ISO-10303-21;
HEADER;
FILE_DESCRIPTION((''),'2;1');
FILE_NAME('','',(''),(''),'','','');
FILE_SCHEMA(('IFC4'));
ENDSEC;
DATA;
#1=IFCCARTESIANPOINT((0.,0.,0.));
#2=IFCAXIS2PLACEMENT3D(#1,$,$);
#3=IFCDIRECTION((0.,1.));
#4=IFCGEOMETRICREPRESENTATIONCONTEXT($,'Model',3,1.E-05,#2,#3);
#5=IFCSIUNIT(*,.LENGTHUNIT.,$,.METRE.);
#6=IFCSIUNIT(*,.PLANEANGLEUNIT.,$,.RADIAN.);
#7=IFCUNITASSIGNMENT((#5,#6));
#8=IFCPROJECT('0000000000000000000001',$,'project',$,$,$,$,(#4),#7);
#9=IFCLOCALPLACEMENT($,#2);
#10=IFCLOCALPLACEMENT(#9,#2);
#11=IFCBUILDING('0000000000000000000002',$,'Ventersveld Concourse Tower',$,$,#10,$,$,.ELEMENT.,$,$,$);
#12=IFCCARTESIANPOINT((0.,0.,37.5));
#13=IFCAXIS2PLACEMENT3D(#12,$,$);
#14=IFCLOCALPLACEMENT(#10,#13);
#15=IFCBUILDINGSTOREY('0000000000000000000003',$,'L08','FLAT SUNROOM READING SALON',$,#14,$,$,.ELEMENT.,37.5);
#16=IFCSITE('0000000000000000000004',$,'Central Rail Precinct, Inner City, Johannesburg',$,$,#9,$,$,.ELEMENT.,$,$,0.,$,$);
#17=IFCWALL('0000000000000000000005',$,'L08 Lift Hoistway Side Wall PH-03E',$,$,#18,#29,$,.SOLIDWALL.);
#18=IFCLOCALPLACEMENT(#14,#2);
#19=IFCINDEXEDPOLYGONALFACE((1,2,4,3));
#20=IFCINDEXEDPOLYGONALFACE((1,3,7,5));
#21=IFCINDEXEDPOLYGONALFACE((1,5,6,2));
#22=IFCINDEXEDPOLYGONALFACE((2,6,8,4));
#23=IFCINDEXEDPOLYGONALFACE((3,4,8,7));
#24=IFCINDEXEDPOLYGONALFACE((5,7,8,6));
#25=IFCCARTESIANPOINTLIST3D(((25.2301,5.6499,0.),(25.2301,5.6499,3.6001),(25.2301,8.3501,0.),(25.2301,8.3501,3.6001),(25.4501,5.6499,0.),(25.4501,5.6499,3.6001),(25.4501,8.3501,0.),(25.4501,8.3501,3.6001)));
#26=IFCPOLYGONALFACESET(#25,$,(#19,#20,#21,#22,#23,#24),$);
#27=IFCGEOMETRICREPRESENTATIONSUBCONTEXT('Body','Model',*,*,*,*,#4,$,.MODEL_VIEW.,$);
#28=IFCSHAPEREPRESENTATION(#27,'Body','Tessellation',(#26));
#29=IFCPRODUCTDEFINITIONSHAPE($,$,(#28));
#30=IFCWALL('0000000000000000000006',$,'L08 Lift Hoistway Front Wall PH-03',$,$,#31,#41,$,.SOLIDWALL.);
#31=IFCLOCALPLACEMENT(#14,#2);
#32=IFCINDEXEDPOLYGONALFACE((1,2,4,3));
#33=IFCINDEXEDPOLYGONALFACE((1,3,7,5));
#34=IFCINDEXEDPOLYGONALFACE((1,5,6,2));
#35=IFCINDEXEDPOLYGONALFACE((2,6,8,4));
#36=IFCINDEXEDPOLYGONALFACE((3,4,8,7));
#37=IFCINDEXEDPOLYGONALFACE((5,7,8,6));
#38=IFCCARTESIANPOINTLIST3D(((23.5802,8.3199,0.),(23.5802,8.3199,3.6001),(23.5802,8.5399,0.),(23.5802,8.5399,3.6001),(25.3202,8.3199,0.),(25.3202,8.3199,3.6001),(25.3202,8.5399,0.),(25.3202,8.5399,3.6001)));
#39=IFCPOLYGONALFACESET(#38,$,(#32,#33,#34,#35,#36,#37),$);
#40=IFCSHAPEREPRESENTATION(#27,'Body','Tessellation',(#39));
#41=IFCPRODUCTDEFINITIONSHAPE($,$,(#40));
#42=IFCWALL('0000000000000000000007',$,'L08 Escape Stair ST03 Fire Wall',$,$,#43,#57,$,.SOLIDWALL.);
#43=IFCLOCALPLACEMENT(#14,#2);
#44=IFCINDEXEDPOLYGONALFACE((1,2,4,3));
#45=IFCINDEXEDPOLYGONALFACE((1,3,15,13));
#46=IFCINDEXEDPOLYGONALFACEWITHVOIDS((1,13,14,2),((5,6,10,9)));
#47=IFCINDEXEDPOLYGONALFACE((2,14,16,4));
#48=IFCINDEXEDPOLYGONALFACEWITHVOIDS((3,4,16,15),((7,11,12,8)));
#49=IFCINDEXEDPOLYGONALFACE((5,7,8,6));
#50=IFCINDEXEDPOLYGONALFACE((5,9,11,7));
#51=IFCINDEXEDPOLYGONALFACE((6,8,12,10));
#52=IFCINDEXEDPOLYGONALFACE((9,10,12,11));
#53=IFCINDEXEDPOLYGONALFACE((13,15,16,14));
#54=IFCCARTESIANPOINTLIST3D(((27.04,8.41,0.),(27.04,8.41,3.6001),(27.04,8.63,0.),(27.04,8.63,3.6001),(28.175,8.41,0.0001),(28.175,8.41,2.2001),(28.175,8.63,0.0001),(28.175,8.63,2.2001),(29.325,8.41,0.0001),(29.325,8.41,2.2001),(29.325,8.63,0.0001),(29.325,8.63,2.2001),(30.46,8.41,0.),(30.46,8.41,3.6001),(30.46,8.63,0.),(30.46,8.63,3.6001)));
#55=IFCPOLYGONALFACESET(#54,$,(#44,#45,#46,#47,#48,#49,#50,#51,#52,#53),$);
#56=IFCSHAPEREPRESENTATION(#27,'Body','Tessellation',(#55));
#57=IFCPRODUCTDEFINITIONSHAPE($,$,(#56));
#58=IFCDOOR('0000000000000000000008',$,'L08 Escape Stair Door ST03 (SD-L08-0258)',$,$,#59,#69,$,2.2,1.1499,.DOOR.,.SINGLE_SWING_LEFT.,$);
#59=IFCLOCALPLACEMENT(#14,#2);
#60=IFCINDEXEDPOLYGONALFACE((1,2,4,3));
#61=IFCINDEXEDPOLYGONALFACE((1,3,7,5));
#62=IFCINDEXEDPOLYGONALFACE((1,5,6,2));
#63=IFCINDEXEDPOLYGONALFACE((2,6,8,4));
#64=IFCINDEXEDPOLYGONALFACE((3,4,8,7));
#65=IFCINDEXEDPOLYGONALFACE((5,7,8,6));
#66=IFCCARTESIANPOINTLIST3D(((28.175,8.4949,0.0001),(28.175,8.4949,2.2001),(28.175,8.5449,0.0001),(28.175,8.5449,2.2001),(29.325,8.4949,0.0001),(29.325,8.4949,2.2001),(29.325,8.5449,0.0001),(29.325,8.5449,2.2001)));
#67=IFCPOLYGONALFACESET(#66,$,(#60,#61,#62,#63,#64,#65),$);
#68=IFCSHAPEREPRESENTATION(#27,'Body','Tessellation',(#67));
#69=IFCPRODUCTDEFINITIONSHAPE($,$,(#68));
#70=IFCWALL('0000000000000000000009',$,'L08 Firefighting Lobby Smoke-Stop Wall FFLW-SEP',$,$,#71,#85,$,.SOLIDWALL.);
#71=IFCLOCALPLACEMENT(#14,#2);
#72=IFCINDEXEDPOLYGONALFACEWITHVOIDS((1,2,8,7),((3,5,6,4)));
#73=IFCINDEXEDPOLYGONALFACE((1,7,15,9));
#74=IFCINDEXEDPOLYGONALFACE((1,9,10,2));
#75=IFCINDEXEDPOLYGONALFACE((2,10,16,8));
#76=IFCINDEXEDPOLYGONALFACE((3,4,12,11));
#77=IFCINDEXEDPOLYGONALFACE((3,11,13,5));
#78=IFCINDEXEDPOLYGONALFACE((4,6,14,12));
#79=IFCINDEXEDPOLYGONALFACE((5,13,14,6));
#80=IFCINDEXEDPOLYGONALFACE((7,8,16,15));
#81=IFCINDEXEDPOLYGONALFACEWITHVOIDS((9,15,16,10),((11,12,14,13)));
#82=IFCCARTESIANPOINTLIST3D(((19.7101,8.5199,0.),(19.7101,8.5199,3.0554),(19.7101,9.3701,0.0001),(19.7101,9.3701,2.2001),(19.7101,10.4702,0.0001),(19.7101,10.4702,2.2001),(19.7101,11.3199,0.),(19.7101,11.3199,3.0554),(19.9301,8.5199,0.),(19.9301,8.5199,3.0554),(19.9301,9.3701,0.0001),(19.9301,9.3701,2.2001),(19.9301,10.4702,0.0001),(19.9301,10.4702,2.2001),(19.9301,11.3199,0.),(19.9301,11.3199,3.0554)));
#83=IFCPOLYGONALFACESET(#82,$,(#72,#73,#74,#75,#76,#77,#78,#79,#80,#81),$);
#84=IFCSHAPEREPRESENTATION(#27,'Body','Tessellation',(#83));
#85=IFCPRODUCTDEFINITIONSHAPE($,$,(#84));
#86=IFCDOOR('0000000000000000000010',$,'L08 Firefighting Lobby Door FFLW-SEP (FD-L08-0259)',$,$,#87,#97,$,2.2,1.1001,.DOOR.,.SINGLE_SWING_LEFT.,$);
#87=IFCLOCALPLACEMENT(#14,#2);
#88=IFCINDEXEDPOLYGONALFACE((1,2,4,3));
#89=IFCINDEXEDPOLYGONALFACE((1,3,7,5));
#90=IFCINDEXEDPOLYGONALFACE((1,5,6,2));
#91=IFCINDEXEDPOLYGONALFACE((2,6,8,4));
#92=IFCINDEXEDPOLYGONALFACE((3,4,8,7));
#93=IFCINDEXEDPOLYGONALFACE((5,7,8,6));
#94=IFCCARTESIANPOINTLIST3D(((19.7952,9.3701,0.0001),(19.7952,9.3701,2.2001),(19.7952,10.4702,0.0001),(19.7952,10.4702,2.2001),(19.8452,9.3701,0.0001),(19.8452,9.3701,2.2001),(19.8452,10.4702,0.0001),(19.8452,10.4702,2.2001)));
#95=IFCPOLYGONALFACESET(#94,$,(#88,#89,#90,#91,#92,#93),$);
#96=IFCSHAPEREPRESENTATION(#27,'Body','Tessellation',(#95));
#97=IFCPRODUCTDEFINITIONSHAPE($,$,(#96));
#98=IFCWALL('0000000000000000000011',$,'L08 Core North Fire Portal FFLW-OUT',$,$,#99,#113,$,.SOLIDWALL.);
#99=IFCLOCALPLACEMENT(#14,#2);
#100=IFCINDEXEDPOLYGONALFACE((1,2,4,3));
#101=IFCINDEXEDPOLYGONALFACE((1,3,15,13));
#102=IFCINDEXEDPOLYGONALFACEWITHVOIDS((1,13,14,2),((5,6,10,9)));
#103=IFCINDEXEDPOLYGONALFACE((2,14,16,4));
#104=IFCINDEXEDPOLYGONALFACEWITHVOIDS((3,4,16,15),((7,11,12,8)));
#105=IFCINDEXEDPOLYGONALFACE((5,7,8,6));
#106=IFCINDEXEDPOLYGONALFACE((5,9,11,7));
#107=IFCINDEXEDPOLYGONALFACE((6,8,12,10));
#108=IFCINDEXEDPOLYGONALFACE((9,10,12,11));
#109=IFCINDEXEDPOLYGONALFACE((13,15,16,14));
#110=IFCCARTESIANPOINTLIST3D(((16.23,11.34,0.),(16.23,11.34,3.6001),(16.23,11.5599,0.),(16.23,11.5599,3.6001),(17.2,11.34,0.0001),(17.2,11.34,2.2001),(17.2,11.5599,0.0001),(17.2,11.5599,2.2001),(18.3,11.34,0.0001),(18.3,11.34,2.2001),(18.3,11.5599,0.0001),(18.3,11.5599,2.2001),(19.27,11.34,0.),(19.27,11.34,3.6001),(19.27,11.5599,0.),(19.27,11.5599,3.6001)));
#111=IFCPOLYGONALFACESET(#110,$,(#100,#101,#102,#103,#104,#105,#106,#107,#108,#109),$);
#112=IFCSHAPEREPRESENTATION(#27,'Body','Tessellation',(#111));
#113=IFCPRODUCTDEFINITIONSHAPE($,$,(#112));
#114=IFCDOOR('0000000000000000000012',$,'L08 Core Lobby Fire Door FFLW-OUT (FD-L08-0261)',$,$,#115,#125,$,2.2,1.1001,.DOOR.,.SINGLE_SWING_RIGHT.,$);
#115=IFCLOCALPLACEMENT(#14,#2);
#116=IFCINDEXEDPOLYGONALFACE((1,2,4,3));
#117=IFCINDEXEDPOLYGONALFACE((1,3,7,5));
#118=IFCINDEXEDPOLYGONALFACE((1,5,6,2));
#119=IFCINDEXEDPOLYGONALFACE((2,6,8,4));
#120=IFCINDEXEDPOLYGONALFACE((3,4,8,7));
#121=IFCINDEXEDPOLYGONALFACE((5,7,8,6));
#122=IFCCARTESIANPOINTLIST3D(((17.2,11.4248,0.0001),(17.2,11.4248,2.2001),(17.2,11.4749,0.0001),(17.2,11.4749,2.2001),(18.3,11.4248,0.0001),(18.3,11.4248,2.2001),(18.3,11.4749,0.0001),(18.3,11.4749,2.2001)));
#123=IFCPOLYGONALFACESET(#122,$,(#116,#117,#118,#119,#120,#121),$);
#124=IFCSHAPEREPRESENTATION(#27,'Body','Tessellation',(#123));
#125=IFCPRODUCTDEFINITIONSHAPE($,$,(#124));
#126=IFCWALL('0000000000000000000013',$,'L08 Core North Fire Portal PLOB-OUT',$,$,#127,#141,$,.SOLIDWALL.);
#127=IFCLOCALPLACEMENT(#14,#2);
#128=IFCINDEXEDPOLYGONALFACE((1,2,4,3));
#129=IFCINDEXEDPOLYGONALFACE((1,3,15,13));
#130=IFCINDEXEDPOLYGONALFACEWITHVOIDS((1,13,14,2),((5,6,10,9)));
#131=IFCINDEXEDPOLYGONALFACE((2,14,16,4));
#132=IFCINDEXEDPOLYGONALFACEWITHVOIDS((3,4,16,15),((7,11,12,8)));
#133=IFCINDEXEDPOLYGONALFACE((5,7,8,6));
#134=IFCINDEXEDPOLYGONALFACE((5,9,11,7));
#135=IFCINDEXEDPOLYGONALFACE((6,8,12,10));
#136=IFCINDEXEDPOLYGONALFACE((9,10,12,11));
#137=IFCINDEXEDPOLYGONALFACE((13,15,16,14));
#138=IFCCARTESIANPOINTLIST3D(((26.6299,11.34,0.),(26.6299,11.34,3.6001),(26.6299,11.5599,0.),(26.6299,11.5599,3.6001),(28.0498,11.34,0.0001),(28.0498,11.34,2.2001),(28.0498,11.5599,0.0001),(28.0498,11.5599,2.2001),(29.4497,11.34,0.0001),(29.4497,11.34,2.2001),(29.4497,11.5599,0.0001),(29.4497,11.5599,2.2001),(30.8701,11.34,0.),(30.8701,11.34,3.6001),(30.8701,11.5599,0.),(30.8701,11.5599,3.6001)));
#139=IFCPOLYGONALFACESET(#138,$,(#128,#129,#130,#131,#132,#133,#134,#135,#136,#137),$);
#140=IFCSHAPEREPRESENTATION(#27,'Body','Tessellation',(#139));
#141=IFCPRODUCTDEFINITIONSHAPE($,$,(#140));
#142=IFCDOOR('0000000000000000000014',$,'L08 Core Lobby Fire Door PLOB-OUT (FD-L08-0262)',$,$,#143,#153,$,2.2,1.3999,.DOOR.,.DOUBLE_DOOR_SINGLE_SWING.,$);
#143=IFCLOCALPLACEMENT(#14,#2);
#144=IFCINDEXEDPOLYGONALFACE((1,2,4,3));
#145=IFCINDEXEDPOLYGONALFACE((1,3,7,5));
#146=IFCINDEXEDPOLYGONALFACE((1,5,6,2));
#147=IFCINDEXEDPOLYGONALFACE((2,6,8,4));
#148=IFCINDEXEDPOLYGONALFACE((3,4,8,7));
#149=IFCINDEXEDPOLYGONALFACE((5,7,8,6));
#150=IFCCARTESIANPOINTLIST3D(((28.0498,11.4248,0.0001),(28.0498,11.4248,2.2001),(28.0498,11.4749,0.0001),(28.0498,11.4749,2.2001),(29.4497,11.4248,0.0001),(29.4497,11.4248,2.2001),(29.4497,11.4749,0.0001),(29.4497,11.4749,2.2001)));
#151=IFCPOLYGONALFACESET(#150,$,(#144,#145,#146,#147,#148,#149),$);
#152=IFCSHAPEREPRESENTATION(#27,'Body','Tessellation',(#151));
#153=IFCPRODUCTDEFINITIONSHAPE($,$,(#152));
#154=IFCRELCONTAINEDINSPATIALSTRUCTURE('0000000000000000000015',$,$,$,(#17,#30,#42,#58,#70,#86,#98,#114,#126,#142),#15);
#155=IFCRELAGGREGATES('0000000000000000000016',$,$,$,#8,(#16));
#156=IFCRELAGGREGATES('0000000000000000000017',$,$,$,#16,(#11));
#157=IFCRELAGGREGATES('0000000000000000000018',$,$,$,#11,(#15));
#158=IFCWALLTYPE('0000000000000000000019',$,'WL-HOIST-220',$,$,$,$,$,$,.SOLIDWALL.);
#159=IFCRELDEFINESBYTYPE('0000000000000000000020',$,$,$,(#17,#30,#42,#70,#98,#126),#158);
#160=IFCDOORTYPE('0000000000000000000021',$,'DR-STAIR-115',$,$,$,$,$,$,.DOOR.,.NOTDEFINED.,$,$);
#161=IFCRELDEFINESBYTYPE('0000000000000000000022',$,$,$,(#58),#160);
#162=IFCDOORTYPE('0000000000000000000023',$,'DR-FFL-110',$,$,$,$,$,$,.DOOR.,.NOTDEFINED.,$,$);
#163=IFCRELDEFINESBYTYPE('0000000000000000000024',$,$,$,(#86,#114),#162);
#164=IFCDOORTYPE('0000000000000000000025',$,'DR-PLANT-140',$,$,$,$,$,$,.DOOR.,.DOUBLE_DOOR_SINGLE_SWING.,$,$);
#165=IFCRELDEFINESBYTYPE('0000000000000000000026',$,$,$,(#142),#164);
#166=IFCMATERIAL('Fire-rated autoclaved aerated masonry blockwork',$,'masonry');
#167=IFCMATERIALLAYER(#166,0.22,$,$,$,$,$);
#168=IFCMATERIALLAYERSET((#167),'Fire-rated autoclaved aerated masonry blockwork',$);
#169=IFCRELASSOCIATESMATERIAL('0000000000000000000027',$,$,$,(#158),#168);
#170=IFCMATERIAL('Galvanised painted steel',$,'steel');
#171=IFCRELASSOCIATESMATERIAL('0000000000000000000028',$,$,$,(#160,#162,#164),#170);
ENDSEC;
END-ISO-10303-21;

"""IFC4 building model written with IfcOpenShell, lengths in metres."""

from ifc_helpers import new_model, si_unit, direction, frame, frame_2d, origin, place, context, subcontext, project, spatial, rectangle, extrude, material, layer, layer_set, type_object, element, fill, save


model = new_model("IFC4")

# Units and contexts
model_context = context("Model", 3, precision=1e-05, world=origin(), true_north=direction((0.0, 1.0)))
body_context = subcontext(model_context, "Body", "Model", "MODEL_VIEW")
ifc_project = project(units=[si_unit("LENGTHUNIT", "METRE"), si_unit("PLANEANGLEUNIT", "RADIAN")], contexts=[model_context])

# Site, building, storey
site_placement = place(None, origin())
site = spatial("IfcSite", under=ifc_project, at=site_placement, Name="Central Rail Precinct, Inner City, Johannesburg", CompositionType="ELEMENT", RefElevation=0.0)
building_placement = place(site_placement, origin())
building = spatial("IfcBuilding", under=site, at=building_placement, Name="Ventersveld Concourse Tower", CompositionType="ELEMENT")
storey_placement = place(building_placement, frame((0.0, 0.0, 37.5)))
storey = spatial("IfcBuildingStorey", under=building, at=storey_placement, Name="L08", Description="FLAT SUNROOM READING SALON", CompositionType="ELEMENT", Elevation=37.5)

# Shared definitions
ifc_material_1 = material(Name="Fire-rated autoclaved aerated masonry blockwork", Category="masonry")
ifc_layer_1 = layer(ifc_material_1, 0.22)
ifc_layer_set_1 = layer_set([ifc_layer_1], Name="Fire-rated autoclaved aerated masonry blockwork")
wall_type_1 = type_object("IfcWallType", Name="WL-HOIST-220", PredefinedType="SOLIDWALL", material=ifc_layer_set_1)

# Walls
wall_1_placement = place(storey_placement, frame((25.3401, 5.6499, 0.0), z_axis=(0.0, 0.0, 1.0), x_axis=(0.0, 1.0, 0.0)))
element("IfcWall", 1, at=wall_1_placement, inside=storey, type_object=wall_type_1, Name="L08 Lift Hoistway Side Wall PH-03E", PredefinedType="SOLIDWALL", context=body_context, shape_type="SweptSolid", body=[
    extrude(rectangle(XDim=2.7002, YDim=0.22, at=frame_2d((1.3501, 0.0))), origin(), (0.0, 0.0, 1.0), 3.6001),
])
wall_2_placement = place(storey_placement, frame((23.5801, 8.4299, 0.0), z_axis=(0.0, 0.0, 1.0), x_axis=(1.0, 0.0, 0.0)))
element("IfcWall", 2, at=wall_2_placement, inside=storey, type_object=wall_type_1, Name="L08 Lift Hoistway Front Wall PH-03", PredefinedType="SOLIDWALL", context=body_context, shape_type="SweptSolid", body=[
    extrude(rectangle(XDim=1.74, YDim=0.22, at=frame_2d((0.8701, 0.0))), origin(), (0.0, 0.0, 1.0), 3.6001),
])

# Walls, openings, doors
wall_3_placement = place(storey_placement, frame((27.04, 8.52, 0.0), z_axis=(0.0, 0.0, 1.0), x_axis=(1.0, 0.0, 0.0)))
wall_3 = element("IfcWall", 3, at=wall_3_placement, inside=storey, type_object=wall_type_1, Name="L08 Escape Stair ST03 Fire Wall", PredefinedType="SOLIDWALL", context=body_context, shape_type="SweptSolid", body=[
    extrude(rectangle(XDim=3.4199, YDim=0.22, at=frame_2d((1.71, 0.0))), origin(), (0.0, 0.0, 1.0), 3.6001),
])
opening_1_placement = place(wall_3_placement, frame((1.135, 0.0, 0.0)))
opening_1 = element("IfcOpeningElement", 4, at=opening_1_placement, cuts=wall_3, PredefinedType="OPENING", context=body_context, shape_type="SweptSolid", body=[
    extrude(rectangle(XDim=1.1499, YDim=2.2, at=frame_2d((0.575, 1.1001))), frame((0.0, 0.1201, 0.0), z_axis=(0.0, -1.0, 0.0), x_axis=(1.0, 0.0, 0.0)), (0.0, 0.0, 1.0), 0.24),
])
ifc_material_2 = material(Name="Galvanised painted steel", Category="steel")
door_type_1 = type_object("IfcDoorType", Name="DR-STAIR-115", OperationType="NOTDEFINED", PredefinedType="DOOR", material=ifc_material_2)
door_1_placement = place(opening_1_placement, origin())
door_1 = element("IfcDoor", 5, at=door_1_placement, inside=storey, type_object=door_type_1, Name="L08 Escape Stair Door ST03 (SD-L08-0258)", OperationType="SINGLE_SWING_LEFT", OverallHeight=2.2, OverallWidth=1.1499, PredefinedType="DOOR", context=body_context, shape_type="SweptSolid", body=[
    extrude(rectangle(XDim=1.1499, YDim=2.2, at=frame_2d((0.575, 1.1001))), frame((0.0, 0.0249, 0.0), z_axis=(0.0, -1.0, 0.0), x_axis=(1.0, 0.0, 0.0)), (0.0, 0.0, 1.0), 0.05),
])
fill(opening_1, door_1)
wall_4_placement = place(storey_placement, frame((19.8201, 8.52, 0.0), z_axis=(0.0, 0.0, 1.0), x_axis=(0.0, 1.0, 0.0)))
wall_4 = element("IfcWall", 6, at=wall_4_placement, inside=storey, type_object=wall_type_1, Name="L08 Firefighting Lobby Smoke-Stop Wall FFLW-SEP", PredefinedType="SOLIDWALL", context=body_context, shape_type="SweptSolid", body=[
    extrude(rectangle(XDim=2.8, YDim=0.22, at=frame_2d((1.3999, 0.0))), origin(), (0.0, 0.0, 1.0), 3.0554),
])
opening_2_placement = place(wall_4_placement, frame((0.8501, 0.0, 0.0)))
opening_2 = element("IfcOpeningElement", 7, at=opening_2_placement, cuts=wall_4, PredefinedType="OPENING", context=body_context, shape_type="SweptSolid", body=[
    extrude(rectangle(XDim=1.1001, YDim=2.2, at=frame_2d((0.55, 1.1001))), frame((0.0, 0.1201, 0.0), z_axis=(0.0, -1.0, 0.0), x_axis=(1.0, 0.0, 0.0)), (0.0, 0.0, 1.0), 0.24),
])
door_type_2 = type_object("IfcDoorType", Name="DR-FFL-110", OperationType="NOTDEFINED", PredefinedType="DOOR", material=ifc_material_2)
door_2_placement = place(opening_2_placement, origin())
door_2 = element("IfcDoor", 8, at=door_2_placement, inside=storey, type_object=door_type_2, Name="L08 Firefighting Lobby Door FFLW-SEP (FD-L08-0259)", OperationType="SINGLE_SWING_LEFT", OverallHeight=2.2, OverallWidth=1.1001, PredefinedType="DOOR", context=body_context, shape_type="SweptSolid", body=[
    extrude(rectangle(XDim=1.1001, YDim=2.2, at=frame_2d((0.55, 1.1001))), frame((0.0, 0.0249, 0.0), z_axis=(0.0, -1.0, 0.0), x_axis=(1.0, 0.0, 0.0)), (0.0, 0.0, 1.0), 0.05),
])
fill(opening_2, door_2)
wall_5_placement = place(storey_placement, frame((16.23, 11.45, 0.0), z_axis=(0.0, 0.0, 1.0), x_axis=(1.0, 0.0, 0.0)))
wall_5 = element("IfcWall", 9, at=wall_5_placement, inside=storey, type_object=wall_type_1, Name="L08 Core North Fire Portal FFLW-OUT", PredefinedType="SOLIDWALL", context=body_context, shape_type="SweptSolid", body=[
    extrude(rectangle(XDim=3.04, YDim=0.22, at=frame_2d((1.52, 0.0))), origin(), (0.0, 0.0, 1.0), 3.6001),
])
opening_3_placement = place(wall_5_placement, frame((0.97, 0.0, 0.0)))
opening_3 = element("IfcOpeningElement", 10, at=opening_3_placement, cuts=wall_5, PredefinedType="OPENING", context=body_context, shape_type="SweptSolid", body=[
    extrude(rectangle(XDim=1.1001, YDim=2.2, at=frame_2d((0.55, 1.1001))), frame((0.0, 0.1201, 0.0), z_axis=(0.0, -1.0, 0.0), x_axis=(1.0, 0.0, 0.0)), (0.0, 0.0, 1.0), 0.24),
])
door_3_placement = place(opening_3_placement, origin())
door_3 = element("IfcDoor", 11, at=door_3_placement, inside=storey, type_object=door_type_2, Name="L08 Core Lobby Fire Door FFLW-OUT (FD-L08-0261)", OperationType="SINGLE_SWING_RIGHT", OverallHeight=2.2, OverallWidth=1.1001, PredefinedType="DOOR", context=body_context, shape_type="SweptSolid", body=[
    extrude(rectangle(XDim=1.1001, YDim=2.2, at=frame_2d((0.55, 1.1001))), frame((0.0, 0.0249, 0.0), z_axis=(0.0, -1.0, 0.0), x_axis=(1.0, 0.0, 0.0)), (0.0, 0.0, 1.0), 0.05),
])
fill(opening_3, door_3)
wall_6_placement = place(storey_placement, frame((26.6299, 11.45, 0.0), z_axis=(0.0, 0.0, 1.0), x_axis=(1.0, 0.0, 0.0)))
wall_6 = element("IfcWall", 12, at=wall_6_placement, inside=storey, type_object=wall_type_1, Name="L08 Core North Fire Portal PLOB-OUT", PredefinedType="SOLIDWALL", context=body_context, shape_type="SweptSolid", body=[
    extrude(rectangle(XDim=4.2402, YDim=0.22, at=frame_2d((2.1201, 0.0))), origin(), (0.0, 0.0, 1.0), 3.6001),
])
opening_4_placement = place(wall_6_placement, frame((1.4199, 0.0, 0.0)))
opening_4 = element("IfcOpeningElement", 13, at=opening_4_placement, cuts=wall_6, PredefinedType="OPENING", context=body_context, shape_type="SweptSolid", body=[
    extrude(rectangle(XDim=1.3999, YDim=2.2, at=frame_2d((0.7, 1.1001))), frame((0.0, 0.1201, 0.0), z_axis=(0.0, -1.0, 0.0), x_axis=(1.0, 0.0, 0.0)), (0.0, 0.0, 1.0), 0.24),
])
door_type_3 = type_object("IfcDoorType", Name="DR-PLANT-140", OperationType="DOUBLE_DOOR_SINGLE_SWING", PredefinedType="DOOR", material=ifc_material_2)
door_4_placement = place(opening_4_placement, origin())
door_4 = element("IfcDoor", 14, at=door_4_placement, inside=storey, type_object=door_type_3, Name="L08 Core Lobby Fire Door PLOB-OUT (FD-L08-0262)", OperationType="DOUBLE_DOOR_SINGLE_SWING", OverallHeight=2.2, OverallWidth=1.3999, PredefinedType="DOOR", context=body_context, shape_type="SweptSolid", body=[
    extrude(rectangle(XDim=1.3999, YDim=2.2, at=frame_2d((0.7, 1.1001))), frame((0.0, 0.0249, 0.0), z_axis=(0.0, -1.0, 0.0), x_axis=(1.0, 0.0, 0.0)), (0.0, 0.0, 1.0), 0.05),
])
fill(opening_4, door_4)

save(model, "model.ifc")
